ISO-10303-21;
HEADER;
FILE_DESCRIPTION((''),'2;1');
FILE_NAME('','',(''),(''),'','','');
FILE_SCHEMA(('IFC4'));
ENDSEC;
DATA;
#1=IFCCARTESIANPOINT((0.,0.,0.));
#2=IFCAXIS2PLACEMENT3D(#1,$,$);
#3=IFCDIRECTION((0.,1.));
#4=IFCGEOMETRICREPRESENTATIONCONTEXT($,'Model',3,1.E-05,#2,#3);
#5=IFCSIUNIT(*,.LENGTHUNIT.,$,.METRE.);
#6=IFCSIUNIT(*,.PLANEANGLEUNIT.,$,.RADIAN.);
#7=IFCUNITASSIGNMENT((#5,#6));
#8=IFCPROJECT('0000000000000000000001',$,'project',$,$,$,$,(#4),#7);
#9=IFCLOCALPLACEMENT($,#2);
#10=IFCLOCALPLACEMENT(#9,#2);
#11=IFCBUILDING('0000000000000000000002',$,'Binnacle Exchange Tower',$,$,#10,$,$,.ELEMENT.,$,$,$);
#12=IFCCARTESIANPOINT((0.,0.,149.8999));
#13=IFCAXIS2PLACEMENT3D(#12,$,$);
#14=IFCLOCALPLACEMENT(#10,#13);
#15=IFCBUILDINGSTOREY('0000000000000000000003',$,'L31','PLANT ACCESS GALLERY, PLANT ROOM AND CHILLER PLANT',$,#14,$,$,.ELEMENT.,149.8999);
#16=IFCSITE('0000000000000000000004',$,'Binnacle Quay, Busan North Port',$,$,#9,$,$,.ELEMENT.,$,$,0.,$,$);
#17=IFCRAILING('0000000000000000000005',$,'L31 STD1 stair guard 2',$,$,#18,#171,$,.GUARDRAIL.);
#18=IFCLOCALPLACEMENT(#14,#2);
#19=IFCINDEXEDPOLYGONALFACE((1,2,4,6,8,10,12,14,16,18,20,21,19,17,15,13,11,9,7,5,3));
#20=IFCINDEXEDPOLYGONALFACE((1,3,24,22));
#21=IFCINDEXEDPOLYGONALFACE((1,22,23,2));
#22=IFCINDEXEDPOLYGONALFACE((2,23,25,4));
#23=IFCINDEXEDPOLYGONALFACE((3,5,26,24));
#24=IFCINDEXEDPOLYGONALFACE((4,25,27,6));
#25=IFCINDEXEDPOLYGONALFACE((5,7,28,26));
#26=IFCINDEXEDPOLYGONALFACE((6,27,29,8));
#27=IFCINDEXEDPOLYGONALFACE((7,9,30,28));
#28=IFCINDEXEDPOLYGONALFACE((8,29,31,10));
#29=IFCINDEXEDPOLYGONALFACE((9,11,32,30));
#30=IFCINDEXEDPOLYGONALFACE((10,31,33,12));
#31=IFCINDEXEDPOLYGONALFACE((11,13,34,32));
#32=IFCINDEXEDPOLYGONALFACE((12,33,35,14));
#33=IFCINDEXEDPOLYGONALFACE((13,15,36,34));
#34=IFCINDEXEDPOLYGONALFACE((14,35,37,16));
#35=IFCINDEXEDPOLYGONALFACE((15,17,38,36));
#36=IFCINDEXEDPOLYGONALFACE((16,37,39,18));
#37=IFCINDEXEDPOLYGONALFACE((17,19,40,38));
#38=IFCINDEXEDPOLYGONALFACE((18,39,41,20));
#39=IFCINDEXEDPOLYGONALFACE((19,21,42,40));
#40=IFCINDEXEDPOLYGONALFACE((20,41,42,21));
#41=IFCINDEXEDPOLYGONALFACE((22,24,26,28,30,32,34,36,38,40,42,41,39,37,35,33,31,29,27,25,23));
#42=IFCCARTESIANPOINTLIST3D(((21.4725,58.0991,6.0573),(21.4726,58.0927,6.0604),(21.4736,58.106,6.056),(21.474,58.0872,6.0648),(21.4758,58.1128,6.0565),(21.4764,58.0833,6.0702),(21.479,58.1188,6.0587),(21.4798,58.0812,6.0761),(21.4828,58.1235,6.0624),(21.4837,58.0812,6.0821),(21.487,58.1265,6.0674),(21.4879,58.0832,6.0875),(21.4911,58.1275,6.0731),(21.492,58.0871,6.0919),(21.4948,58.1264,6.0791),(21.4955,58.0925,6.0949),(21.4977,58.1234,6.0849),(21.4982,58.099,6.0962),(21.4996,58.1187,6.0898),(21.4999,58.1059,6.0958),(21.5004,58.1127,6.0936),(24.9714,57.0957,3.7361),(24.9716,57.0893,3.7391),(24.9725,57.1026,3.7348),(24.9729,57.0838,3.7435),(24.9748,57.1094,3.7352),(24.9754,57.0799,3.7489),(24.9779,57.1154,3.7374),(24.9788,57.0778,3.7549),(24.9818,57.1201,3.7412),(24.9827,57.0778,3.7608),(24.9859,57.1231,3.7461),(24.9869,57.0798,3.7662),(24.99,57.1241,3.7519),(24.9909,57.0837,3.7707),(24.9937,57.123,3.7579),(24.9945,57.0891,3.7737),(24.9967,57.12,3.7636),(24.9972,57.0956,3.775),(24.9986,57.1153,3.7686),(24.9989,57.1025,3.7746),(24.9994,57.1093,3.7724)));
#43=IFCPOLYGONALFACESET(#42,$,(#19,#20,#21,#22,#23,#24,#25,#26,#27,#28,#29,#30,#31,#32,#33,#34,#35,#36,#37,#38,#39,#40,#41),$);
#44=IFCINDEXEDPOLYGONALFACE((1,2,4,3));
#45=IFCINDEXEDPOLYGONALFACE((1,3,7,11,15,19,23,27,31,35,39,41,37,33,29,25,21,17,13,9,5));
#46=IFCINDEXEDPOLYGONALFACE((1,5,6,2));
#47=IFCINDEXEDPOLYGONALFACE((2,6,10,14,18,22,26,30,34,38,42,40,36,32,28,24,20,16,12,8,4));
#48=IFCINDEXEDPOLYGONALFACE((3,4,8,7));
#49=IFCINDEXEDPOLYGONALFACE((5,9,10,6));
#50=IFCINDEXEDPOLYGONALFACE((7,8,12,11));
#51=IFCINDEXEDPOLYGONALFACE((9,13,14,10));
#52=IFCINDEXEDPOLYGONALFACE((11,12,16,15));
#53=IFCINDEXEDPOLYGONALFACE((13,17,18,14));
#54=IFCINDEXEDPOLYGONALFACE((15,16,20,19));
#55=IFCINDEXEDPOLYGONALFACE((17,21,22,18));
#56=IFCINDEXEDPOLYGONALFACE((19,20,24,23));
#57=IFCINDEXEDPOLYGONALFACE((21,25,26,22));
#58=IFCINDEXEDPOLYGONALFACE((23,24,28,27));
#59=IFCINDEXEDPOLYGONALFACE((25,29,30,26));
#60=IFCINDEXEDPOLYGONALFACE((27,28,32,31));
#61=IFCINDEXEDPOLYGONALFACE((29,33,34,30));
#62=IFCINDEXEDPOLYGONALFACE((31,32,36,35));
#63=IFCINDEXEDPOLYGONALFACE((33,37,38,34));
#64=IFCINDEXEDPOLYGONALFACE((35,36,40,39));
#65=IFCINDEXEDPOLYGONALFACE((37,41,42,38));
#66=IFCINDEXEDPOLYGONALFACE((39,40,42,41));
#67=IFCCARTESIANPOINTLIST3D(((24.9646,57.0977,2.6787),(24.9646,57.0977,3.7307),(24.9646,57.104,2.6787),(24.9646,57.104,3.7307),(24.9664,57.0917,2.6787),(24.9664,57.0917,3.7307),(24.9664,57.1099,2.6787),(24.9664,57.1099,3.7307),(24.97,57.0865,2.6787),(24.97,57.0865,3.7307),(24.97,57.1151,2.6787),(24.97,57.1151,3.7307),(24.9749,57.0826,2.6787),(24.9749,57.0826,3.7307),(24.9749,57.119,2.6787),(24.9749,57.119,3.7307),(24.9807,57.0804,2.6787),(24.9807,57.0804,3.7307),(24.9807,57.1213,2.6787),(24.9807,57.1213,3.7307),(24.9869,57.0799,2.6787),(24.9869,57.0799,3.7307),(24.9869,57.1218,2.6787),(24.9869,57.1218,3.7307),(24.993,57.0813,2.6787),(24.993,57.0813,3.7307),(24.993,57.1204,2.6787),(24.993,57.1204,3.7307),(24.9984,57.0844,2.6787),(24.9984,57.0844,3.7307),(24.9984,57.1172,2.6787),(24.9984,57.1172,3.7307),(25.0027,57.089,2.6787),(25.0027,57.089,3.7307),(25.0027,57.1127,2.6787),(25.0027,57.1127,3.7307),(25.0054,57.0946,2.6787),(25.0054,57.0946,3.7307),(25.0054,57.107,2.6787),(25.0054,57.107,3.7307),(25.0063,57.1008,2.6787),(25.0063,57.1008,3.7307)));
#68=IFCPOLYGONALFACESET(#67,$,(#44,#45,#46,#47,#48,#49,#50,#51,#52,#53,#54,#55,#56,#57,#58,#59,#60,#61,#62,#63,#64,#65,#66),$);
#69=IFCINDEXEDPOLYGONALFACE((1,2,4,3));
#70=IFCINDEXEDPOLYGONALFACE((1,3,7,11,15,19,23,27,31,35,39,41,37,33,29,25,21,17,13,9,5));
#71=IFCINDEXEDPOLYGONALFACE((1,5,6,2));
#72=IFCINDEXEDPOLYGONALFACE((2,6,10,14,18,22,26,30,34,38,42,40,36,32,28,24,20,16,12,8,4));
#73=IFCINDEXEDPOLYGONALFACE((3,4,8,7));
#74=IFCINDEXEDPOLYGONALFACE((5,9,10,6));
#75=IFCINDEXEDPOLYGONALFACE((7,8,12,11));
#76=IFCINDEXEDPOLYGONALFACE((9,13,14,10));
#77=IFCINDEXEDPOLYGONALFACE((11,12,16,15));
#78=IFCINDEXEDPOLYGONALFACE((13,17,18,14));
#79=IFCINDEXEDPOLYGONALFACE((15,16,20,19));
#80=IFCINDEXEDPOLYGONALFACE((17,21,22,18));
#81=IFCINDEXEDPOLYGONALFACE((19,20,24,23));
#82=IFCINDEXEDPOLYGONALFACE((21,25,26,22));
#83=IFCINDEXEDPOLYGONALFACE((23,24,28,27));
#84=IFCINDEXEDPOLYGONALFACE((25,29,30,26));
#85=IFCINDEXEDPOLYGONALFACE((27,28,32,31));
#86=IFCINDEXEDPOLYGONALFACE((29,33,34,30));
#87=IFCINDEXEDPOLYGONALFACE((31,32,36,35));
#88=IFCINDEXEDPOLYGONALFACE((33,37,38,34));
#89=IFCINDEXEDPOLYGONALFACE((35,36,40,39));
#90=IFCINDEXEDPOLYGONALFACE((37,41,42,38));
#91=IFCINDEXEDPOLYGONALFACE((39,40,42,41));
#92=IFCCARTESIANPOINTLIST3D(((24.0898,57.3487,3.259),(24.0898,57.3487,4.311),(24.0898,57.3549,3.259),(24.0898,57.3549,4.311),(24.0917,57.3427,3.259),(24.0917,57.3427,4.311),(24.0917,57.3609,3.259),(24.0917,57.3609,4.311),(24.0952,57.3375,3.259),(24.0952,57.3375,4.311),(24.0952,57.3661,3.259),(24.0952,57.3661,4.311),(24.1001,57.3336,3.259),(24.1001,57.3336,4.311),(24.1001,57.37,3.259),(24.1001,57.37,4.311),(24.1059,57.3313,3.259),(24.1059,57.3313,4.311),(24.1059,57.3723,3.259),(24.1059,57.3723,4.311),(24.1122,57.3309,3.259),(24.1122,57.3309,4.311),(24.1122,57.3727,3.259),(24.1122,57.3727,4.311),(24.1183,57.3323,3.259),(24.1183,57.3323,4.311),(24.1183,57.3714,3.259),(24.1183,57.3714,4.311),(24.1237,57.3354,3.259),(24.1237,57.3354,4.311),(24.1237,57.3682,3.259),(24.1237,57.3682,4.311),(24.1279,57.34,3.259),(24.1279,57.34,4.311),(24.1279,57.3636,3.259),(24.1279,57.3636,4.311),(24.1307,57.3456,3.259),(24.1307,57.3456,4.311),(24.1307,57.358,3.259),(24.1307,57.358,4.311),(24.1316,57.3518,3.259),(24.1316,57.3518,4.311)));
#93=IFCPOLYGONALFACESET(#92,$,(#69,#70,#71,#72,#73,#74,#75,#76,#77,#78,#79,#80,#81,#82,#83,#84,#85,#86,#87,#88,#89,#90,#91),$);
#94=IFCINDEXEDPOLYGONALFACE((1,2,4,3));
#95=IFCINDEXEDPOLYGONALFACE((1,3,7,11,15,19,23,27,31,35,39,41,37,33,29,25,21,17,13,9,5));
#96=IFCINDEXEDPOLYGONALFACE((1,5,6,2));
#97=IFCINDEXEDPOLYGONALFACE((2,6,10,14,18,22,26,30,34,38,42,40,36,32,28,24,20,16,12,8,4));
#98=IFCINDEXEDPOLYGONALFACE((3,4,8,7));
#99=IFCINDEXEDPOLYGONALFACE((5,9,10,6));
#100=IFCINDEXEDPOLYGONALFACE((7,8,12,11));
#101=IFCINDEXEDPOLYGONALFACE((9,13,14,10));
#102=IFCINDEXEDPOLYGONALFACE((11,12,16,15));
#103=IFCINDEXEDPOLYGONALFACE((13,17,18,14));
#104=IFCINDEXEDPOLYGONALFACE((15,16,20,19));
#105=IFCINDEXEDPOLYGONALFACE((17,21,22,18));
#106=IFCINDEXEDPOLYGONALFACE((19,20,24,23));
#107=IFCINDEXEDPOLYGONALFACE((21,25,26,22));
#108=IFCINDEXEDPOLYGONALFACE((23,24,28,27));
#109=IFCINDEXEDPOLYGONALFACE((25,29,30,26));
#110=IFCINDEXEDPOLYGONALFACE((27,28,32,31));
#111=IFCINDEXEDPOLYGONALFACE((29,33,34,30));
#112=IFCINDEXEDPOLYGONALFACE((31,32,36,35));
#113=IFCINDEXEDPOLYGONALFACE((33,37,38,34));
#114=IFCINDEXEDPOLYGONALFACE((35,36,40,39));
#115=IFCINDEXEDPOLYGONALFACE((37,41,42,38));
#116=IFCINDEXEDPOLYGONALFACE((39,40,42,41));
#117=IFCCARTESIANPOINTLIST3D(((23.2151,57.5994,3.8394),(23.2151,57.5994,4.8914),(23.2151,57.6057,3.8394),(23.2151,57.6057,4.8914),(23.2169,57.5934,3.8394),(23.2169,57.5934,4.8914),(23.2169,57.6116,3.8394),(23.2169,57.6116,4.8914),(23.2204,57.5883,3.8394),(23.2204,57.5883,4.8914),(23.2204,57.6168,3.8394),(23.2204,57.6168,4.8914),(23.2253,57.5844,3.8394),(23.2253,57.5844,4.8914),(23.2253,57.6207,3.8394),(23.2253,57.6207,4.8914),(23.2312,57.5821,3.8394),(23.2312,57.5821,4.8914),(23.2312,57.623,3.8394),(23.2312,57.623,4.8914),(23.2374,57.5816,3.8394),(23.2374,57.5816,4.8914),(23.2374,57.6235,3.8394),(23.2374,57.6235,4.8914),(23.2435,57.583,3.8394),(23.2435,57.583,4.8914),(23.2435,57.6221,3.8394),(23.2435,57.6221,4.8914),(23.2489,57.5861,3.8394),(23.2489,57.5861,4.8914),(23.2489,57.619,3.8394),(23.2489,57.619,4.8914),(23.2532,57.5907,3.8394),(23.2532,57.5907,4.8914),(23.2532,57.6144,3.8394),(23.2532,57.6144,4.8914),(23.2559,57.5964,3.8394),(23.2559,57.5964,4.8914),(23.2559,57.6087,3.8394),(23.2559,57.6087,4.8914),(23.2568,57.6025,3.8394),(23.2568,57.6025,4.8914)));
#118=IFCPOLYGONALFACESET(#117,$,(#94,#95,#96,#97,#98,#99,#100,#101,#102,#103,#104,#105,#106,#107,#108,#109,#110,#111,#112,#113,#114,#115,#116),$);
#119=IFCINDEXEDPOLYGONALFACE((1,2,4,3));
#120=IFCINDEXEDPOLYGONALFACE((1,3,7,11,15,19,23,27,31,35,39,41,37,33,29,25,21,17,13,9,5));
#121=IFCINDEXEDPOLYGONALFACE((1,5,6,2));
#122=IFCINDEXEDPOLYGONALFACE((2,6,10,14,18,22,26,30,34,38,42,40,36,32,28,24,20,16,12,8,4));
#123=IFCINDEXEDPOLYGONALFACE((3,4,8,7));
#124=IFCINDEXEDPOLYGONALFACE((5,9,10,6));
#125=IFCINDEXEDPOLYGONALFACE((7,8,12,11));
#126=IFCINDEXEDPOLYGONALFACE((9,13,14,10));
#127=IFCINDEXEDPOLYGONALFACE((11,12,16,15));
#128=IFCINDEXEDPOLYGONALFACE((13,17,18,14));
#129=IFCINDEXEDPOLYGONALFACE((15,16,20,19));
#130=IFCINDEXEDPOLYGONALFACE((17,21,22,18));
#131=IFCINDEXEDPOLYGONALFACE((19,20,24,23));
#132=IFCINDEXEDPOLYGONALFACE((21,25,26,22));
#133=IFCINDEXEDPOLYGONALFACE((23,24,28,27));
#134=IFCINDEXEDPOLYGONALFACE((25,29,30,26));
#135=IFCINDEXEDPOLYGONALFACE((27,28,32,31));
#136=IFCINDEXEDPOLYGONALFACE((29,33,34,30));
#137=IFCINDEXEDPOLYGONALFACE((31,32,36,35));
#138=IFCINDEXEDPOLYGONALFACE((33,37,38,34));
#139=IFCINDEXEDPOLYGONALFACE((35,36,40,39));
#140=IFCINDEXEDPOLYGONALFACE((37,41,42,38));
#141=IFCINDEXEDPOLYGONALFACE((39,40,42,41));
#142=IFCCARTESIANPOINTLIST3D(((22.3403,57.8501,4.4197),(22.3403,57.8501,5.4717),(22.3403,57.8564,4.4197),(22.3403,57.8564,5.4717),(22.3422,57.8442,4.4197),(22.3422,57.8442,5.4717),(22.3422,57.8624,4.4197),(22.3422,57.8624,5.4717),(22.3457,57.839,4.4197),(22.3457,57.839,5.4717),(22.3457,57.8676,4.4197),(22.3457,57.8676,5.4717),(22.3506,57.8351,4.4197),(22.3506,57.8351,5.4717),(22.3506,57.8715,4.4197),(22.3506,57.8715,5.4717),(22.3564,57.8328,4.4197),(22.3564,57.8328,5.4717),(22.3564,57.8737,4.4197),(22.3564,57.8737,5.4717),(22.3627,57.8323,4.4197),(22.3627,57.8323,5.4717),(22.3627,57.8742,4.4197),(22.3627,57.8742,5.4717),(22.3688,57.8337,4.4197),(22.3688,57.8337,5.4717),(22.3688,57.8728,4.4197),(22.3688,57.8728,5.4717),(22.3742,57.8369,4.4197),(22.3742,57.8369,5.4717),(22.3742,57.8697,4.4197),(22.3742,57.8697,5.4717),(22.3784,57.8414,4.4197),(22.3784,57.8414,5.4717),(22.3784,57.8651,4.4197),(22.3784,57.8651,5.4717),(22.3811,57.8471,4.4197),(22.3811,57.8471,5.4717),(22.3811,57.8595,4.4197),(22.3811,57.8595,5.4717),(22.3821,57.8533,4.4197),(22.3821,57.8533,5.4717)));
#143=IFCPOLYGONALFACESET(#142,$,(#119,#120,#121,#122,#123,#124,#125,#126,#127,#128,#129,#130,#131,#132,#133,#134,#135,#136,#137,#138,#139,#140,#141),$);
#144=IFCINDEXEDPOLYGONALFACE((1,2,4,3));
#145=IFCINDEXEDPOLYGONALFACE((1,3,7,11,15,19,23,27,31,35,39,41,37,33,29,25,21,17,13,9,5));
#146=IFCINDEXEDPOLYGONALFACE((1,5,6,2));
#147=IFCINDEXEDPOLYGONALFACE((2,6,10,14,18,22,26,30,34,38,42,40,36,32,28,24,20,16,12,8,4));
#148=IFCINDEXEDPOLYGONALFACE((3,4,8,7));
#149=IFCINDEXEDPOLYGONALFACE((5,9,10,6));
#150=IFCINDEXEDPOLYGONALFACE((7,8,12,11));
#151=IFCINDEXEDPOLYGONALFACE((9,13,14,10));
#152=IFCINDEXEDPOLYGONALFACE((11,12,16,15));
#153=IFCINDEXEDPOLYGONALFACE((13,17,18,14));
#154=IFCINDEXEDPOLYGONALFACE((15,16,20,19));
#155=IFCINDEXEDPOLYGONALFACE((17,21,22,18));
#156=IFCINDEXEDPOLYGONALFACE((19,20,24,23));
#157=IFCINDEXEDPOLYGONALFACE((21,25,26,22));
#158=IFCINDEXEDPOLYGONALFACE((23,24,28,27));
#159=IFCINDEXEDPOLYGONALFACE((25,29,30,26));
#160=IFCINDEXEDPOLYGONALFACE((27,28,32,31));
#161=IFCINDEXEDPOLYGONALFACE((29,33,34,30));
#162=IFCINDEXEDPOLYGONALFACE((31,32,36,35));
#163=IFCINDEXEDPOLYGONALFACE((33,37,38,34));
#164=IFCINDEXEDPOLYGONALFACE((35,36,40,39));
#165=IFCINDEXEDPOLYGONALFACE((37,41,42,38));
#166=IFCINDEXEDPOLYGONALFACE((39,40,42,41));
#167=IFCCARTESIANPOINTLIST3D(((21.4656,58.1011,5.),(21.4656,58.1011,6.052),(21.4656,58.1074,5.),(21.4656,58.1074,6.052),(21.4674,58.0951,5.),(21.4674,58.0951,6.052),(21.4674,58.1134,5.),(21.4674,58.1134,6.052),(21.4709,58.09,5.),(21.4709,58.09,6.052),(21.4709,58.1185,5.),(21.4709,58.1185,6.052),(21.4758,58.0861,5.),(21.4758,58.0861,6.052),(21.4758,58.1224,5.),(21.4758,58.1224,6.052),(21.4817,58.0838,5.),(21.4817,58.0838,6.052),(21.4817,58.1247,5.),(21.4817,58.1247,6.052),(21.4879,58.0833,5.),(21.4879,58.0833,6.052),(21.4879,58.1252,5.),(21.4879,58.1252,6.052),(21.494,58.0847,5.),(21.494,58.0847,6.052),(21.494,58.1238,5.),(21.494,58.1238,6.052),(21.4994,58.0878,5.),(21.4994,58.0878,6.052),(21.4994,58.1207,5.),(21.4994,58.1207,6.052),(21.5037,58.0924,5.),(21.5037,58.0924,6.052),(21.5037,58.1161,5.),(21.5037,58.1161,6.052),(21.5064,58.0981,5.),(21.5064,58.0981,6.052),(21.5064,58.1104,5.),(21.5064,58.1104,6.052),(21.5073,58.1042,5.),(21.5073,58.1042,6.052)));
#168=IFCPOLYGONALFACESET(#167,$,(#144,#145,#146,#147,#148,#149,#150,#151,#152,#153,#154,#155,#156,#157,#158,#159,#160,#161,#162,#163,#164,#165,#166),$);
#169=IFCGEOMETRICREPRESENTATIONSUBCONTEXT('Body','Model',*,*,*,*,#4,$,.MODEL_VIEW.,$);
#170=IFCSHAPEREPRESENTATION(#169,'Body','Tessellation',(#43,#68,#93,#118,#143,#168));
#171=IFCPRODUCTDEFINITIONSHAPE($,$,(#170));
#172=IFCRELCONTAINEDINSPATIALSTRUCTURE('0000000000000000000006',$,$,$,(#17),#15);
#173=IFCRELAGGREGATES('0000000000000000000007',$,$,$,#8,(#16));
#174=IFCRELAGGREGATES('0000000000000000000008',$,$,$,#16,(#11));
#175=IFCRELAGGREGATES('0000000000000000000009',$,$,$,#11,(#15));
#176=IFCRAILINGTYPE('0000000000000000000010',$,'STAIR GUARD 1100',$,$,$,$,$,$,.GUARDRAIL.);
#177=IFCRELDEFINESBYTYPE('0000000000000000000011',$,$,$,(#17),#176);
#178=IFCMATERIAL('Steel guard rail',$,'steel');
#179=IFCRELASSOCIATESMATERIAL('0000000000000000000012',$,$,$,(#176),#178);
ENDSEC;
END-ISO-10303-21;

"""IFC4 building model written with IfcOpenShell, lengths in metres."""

from ifc_helpers import new_model, si_unit, direction, frame, origin, origin_2d, place, context, subcontext, project, spatial, circle, extrude, material, type_object, element, save


model = new_model("IFC4")

# Units and contexts
model_context = context("Model", 3, precision=1e-05, world=origin(), true_north=direction((0.0, 1.0)))
body_context = subcontext(model_context, "Body", "Model", "MODEL_VIEW")
ifc_project = project(units=[si_unit("LENGTHUNIT", "METRE"), si_unit("PLANEANGLEUNIT", "RADIAN")], contexts=[model_context])

# Site, building, storey
site_placement = place(None, origin())
site = spatial("IfcSite", under=ifc_project, at=site_placement, Name="Binnacle Quay, Busan North Port", CompositionType="ELEMENT", RefElevation=0.0)
building_placement = place(site_placement, origin())
building = spatial("IfcBuilding", under=site, at=building_placement, Name="Binnacle Exchange Tower", CompositionType="ELEMENT")
storey_placement = place(building_placement, frame((0.0, 0.0, 149.8999)))
storey = spatial("IfcBuildingStorey", under=building, at=storey_placement, Name="L31", Description="PLANT ACCESS GALLERY, PLANT ROOM AND CHILLER PLANT", CompositionType="ELEMENT", Elevation=149.8999)

# Railing
ifc_material_1 = material(Name="Steel guard rail", Category="steel")
railing_type_1 = type_object("IfcRailingType", Name="STAIR GUARD 1100", PredefinedType="GUARDRAIL", material=ifc_material_1)
railing_1_placement = place(storey_placement, frame((24.9854, 57.1008, 2.6787)))
element("IfcRailing", 1, at=railing_1_placement, inside=storey, type_object=railing_type_1, Name="L31 STD1 stair guard 2", PredefinedType="GUARDRAIL", context=body_context, shape_type="SweptSolid", body=[
    extrude(circle(Radius=0.0239, at=origin_2d()), frame((0.0, 0.0, 1.0762), z_axis=(-0.810481, 0.232422, 0.537681), x_axis=(-0.27566, -0.961255, 0.0)), (0.0, 0.0, 1.0), 4.3171),
    extrude(circle(Radius=0.021, at=origin_2d()), origin(), (0.0, 0.0, 1.0), 1.052),
    extrude(circle(Radius=0.021, at=origin_2d()), frame((-0.8748, 0.251, 0.5803)), (0.0, 0.0, 1.0), 1.052),
    extrude(circle(Radius=0.021, at=origin_2d()), frame((-1.7495, 0.5017, 1.1606)), (0.0, 0.0, 1.0), 1.052),
    extrude(circle(Radius=0.021, at=origin_2d()), frame((-2.6243, 0.7524, 1.741)), (0.0, 0.0, 1.0), 1.052),
    extrude(circle(Radius=0.021, at=origin_2d()), frame((-3.499, 1.0034, 2.3213)), (0.0, 0.0, 1.0), 1.052),
])

save(model, "model.ifc")
